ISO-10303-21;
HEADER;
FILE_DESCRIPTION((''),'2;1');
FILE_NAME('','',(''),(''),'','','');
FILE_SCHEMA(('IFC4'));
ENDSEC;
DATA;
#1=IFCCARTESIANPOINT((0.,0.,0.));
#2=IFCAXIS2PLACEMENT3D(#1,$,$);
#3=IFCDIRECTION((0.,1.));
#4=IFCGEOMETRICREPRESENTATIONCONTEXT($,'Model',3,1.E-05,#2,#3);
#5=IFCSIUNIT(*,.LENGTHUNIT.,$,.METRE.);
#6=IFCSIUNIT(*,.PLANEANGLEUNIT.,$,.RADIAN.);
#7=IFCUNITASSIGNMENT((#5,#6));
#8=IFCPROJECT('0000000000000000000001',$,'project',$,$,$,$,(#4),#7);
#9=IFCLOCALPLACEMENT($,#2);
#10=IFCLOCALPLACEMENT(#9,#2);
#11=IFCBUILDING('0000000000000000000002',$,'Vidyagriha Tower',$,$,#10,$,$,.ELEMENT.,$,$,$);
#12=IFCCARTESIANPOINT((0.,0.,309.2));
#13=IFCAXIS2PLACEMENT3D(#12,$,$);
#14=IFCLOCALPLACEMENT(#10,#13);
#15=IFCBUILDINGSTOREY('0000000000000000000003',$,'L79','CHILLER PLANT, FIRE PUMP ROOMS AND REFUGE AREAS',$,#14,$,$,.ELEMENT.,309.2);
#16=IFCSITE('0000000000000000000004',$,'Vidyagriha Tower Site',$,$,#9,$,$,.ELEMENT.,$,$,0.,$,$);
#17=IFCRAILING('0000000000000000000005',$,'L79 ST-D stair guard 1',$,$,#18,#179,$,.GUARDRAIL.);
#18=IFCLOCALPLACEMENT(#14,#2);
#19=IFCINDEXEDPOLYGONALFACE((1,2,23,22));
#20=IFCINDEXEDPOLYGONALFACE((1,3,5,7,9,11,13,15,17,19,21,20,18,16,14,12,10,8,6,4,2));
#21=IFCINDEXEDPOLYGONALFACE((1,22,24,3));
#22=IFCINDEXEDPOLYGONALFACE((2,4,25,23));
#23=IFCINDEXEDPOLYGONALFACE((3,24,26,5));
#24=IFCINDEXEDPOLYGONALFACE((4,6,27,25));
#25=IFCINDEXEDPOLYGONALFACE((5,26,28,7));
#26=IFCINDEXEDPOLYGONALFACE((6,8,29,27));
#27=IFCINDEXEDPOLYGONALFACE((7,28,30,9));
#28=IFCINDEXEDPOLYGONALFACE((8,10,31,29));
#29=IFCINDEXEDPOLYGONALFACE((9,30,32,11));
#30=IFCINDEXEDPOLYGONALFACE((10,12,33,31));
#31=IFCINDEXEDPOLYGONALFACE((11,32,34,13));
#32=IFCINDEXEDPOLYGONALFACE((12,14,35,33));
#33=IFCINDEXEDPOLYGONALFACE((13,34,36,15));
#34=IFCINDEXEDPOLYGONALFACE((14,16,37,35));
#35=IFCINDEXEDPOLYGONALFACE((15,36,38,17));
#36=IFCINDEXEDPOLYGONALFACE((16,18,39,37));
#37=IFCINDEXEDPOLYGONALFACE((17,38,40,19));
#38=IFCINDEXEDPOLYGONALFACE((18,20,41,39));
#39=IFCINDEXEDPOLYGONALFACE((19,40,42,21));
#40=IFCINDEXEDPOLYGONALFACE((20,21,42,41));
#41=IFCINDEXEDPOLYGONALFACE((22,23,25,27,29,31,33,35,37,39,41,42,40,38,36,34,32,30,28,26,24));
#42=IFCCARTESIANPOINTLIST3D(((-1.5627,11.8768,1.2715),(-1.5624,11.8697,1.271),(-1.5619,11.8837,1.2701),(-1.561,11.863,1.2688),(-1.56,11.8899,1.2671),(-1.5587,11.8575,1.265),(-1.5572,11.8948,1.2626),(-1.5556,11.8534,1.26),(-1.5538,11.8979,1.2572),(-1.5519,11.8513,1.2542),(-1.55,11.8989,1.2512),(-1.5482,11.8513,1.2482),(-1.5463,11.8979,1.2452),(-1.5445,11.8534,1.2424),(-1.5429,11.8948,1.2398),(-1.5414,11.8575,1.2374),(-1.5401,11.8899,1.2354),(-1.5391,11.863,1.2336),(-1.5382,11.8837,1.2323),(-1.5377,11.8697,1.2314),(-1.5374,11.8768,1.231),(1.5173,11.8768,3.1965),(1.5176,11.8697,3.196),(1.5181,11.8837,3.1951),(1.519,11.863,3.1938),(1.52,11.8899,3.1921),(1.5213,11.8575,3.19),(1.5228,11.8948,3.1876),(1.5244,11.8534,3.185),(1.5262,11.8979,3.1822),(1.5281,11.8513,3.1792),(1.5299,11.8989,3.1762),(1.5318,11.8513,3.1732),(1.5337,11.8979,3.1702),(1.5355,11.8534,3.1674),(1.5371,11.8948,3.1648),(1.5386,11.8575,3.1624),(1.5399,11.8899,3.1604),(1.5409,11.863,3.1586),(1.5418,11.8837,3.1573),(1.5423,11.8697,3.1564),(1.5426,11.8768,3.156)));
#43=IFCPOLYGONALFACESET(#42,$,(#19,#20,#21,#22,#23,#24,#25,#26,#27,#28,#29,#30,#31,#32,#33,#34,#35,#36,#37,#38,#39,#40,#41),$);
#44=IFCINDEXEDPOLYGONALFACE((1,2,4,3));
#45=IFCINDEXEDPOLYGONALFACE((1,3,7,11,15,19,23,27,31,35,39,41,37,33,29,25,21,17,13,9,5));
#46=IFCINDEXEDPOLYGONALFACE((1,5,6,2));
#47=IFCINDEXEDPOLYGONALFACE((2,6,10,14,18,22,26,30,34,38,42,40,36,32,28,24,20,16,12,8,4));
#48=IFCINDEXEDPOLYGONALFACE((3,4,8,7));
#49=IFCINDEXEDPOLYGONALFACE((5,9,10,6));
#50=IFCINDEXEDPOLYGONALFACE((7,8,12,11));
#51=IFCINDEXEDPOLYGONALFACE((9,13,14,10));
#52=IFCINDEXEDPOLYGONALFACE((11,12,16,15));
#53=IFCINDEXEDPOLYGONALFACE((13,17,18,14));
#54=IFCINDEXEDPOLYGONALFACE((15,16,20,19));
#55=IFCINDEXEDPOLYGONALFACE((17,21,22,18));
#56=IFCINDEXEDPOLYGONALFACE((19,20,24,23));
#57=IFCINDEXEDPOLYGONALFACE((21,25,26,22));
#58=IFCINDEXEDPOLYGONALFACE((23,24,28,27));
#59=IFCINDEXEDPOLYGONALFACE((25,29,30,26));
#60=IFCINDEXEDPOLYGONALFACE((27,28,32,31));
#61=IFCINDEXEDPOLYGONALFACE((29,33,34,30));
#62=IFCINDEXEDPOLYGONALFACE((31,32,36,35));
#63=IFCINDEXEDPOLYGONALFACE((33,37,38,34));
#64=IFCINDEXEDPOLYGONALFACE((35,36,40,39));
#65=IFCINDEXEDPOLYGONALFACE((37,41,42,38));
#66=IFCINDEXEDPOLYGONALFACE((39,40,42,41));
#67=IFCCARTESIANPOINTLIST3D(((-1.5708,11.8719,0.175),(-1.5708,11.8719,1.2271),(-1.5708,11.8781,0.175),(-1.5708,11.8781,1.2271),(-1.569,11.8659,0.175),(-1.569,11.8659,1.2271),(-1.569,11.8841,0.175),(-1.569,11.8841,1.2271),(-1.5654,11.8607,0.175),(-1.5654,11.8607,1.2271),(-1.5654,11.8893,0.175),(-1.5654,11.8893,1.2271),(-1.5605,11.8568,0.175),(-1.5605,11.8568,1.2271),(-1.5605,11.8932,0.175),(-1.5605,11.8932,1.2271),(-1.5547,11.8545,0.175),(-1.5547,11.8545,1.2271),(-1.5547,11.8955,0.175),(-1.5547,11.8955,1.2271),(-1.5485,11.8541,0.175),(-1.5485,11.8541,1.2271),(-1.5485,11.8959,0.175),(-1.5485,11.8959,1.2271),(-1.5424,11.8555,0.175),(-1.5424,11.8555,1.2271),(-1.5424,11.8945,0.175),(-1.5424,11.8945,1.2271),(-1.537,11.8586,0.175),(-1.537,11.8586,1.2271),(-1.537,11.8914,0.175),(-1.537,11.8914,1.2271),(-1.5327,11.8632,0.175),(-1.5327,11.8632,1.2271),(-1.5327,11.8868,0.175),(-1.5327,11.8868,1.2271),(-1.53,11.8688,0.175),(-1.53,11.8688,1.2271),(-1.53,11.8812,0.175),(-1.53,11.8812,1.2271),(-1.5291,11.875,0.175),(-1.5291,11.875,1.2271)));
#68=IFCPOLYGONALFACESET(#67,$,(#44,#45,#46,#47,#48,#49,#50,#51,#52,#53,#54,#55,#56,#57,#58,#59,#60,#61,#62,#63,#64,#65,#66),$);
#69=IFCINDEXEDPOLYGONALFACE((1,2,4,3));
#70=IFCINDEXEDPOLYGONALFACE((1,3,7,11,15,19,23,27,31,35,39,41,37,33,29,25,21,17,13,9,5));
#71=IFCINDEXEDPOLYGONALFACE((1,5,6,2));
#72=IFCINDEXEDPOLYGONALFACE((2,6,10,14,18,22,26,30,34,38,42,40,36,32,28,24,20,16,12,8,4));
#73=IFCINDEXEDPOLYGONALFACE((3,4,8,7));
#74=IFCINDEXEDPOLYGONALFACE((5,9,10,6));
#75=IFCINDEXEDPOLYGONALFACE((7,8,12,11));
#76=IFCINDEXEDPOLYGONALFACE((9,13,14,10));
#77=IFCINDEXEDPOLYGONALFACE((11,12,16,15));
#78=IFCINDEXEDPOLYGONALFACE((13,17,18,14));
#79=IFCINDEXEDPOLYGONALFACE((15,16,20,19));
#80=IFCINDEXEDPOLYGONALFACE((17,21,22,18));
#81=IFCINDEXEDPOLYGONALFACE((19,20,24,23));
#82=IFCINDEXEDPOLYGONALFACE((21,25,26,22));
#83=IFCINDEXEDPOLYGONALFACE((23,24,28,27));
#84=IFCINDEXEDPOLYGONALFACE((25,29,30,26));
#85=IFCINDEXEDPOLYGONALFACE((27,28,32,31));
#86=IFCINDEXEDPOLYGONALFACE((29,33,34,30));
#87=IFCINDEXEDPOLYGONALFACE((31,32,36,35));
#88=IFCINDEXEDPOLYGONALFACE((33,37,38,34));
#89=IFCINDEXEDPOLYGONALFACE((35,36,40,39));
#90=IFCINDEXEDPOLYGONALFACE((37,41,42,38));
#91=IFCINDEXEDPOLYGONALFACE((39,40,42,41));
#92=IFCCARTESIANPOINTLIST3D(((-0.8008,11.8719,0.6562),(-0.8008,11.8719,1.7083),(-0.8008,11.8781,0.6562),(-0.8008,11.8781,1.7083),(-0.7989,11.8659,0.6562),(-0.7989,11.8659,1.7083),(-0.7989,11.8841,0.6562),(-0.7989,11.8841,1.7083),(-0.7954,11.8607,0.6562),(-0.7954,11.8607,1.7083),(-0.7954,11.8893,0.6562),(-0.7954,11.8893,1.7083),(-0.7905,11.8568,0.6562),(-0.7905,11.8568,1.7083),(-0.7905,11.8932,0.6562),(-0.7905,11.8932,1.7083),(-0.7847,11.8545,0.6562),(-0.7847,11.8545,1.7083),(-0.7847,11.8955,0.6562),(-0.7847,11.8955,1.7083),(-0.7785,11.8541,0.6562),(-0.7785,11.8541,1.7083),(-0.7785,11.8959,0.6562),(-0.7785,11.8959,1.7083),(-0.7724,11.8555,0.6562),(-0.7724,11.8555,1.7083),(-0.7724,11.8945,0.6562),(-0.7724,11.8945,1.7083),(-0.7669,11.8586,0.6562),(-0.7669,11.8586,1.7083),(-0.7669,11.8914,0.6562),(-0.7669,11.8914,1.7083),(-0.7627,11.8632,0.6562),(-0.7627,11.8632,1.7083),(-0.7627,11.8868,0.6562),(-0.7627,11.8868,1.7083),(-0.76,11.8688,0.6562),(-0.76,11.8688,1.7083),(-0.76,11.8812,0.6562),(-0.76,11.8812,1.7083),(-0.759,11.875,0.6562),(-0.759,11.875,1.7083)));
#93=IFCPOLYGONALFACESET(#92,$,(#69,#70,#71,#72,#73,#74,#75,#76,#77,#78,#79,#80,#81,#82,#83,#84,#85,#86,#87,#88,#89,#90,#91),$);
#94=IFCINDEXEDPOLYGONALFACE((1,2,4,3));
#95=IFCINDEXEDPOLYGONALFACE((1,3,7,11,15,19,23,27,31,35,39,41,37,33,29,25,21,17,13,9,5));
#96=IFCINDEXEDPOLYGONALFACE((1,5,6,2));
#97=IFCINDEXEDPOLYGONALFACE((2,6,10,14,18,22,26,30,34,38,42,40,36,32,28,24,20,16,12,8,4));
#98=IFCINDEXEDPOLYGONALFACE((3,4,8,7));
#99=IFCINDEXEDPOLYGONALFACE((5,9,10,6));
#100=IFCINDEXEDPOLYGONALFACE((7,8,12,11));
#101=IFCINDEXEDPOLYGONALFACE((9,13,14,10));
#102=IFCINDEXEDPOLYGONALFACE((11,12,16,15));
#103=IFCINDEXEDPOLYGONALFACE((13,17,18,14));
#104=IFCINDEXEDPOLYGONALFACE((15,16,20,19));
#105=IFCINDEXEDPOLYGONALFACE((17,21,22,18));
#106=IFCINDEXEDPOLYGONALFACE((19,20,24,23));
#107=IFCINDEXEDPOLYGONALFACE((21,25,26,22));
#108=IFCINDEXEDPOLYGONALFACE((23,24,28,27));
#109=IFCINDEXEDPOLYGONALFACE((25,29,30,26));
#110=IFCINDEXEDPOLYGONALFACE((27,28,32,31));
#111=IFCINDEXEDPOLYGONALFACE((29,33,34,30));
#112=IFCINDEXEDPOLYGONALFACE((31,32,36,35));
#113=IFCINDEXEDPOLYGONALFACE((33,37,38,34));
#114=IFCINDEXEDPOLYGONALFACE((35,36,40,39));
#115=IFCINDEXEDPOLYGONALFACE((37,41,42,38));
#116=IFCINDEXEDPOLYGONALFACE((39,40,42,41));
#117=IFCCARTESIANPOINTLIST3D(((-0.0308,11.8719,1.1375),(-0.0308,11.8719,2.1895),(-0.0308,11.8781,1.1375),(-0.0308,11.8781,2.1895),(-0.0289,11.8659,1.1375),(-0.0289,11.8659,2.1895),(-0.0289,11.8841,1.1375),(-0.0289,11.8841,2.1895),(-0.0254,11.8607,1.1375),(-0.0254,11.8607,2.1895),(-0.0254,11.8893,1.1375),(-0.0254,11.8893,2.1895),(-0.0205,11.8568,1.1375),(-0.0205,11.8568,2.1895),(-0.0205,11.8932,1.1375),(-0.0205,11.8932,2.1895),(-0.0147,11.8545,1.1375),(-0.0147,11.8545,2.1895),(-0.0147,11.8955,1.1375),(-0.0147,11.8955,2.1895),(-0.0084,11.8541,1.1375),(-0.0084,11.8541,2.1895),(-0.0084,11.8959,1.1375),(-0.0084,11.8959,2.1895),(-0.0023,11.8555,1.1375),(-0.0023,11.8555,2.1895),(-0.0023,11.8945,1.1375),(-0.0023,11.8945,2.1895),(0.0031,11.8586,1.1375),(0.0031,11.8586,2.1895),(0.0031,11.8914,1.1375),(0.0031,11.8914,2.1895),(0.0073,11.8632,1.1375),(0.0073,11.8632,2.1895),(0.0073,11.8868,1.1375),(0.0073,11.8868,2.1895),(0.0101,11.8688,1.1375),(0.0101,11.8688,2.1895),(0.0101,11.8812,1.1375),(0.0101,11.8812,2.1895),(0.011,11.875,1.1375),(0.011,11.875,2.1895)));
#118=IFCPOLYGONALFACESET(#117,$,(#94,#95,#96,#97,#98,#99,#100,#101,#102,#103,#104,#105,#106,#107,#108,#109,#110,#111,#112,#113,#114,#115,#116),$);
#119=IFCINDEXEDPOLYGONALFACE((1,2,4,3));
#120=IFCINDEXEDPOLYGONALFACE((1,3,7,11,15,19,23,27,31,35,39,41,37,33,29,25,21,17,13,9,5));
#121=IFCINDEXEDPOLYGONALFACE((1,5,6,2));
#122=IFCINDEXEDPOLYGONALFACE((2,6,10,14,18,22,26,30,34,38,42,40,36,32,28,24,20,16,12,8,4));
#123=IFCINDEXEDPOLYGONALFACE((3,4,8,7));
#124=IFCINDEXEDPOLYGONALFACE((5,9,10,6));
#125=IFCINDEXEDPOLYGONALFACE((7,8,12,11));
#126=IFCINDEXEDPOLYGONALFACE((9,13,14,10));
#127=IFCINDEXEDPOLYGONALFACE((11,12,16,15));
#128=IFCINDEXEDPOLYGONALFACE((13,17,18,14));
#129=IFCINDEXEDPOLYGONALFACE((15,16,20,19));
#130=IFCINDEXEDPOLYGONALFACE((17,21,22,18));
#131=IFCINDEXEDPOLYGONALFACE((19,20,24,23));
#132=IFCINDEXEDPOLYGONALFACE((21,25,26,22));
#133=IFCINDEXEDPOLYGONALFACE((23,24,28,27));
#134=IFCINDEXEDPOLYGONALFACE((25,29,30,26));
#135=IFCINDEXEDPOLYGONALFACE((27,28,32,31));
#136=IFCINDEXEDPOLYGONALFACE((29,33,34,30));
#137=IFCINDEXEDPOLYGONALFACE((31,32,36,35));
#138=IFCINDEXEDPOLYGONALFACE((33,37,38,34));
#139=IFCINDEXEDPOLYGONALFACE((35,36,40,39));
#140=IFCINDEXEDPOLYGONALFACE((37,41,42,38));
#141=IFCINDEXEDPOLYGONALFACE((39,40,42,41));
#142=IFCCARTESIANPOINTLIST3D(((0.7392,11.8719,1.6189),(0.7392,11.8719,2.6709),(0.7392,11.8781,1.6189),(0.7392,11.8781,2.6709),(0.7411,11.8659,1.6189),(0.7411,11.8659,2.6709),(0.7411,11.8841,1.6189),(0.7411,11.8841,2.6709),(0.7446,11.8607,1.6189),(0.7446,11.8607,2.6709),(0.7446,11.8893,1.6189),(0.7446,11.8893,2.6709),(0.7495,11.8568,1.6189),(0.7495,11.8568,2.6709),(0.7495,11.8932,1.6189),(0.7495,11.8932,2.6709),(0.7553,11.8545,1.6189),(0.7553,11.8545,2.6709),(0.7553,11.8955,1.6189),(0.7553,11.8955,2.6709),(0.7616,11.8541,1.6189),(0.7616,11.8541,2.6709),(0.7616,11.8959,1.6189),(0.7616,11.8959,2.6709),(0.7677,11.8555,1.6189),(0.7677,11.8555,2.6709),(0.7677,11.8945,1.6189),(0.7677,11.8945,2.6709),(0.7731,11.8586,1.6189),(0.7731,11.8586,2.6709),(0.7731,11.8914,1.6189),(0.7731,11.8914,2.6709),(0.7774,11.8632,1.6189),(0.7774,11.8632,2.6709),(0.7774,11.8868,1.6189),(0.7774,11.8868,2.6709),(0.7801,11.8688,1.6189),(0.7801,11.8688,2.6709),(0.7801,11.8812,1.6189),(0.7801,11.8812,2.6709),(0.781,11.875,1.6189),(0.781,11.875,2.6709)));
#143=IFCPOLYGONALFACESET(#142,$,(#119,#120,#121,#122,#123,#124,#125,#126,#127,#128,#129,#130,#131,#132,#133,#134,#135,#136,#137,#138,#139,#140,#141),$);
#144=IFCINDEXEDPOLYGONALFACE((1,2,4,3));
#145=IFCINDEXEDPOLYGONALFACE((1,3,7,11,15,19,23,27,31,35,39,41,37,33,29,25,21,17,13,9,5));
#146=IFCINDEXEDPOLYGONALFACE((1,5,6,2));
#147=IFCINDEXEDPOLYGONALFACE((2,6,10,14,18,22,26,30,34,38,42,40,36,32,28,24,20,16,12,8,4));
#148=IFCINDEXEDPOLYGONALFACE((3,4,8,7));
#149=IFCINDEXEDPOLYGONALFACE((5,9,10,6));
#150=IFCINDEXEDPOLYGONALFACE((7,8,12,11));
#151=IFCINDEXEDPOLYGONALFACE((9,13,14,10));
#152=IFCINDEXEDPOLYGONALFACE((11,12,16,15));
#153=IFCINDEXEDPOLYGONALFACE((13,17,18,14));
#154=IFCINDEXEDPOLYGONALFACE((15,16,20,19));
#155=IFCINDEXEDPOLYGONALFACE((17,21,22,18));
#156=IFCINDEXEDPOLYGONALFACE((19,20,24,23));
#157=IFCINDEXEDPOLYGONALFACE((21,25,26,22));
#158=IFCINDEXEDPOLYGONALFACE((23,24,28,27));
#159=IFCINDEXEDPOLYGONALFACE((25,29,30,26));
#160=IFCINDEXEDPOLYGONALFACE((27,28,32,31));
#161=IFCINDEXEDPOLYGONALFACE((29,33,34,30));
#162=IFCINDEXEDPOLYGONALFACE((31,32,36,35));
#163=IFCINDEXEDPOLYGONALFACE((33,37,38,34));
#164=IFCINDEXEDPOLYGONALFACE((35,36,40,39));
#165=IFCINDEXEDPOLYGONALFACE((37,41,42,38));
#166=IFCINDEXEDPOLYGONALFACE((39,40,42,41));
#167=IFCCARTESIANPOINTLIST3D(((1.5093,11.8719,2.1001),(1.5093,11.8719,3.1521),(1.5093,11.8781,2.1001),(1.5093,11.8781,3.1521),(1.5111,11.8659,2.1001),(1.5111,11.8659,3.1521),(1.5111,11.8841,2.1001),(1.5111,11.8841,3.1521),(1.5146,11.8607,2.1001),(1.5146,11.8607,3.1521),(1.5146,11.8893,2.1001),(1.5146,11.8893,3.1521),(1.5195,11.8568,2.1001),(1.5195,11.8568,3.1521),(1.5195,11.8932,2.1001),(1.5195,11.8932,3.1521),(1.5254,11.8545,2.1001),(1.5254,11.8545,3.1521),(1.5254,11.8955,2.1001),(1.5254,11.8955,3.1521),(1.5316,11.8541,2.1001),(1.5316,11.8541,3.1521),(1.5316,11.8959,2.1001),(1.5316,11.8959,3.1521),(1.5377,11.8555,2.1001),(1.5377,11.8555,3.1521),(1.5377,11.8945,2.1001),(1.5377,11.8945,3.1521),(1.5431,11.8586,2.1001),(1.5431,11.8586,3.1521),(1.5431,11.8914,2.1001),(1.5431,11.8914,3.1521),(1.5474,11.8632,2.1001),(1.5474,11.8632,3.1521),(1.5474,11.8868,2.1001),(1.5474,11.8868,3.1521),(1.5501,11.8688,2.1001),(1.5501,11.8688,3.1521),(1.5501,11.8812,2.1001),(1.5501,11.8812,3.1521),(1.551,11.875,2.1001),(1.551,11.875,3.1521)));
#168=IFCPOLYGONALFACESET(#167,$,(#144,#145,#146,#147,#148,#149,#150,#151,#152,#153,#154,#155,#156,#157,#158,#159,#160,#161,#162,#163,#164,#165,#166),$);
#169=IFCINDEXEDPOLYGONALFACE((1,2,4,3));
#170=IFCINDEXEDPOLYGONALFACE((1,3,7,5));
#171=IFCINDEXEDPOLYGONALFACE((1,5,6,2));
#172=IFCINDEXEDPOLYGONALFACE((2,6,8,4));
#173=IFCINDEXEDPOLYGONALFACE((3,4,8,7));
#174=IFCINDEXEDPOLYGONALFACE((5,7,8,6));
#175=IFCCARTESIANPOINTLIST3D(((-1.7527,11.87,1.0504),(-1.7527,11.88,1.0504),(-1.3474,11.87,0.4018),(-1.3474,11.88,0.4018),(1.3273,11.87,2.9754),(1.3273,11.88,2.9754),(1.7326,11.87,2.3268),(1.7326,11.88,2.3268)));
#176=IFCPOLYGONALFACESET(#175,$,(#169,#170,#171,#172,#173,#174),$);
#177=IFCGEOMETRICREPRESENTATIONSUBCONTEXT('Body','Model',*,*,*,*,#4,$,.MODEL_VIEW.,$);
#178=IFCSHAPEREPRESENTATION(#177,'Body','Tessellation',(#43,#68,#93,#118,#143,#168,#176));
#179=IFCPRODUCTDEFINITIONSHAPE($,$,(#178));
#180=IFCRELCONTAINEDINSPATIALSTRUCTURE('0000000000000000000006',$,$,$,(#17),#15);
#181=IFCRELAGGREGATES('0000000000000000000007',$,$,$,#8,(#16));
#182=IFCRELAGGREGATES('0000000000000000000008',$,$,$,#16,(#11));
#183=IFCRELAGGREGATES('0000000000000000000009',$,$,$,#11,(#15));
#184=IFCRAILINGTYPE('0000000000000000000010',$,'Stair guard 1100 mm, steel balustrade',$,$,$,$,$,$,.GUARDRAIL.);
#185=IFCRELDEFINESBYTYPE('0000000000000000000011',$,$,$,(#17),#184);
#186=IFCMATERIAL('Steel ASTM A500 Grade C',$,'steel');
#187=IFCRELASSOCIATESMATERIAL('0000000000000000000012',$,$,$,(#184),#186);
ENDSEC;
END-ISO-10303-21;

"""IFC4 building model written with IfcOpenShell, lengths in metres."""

from ifc_helpers import new_model, si_unit, direction, frame, origin, origin_2d, place, context, subcontext, project, spatial, rectangle, circle, extrude, material, type_object, element, save


model = new_model("IFC4")

# Units and contexts
model_context = context("Model", 3, precision=1e-05, world=origin(), true_north=direction((0.0, 1.0)))
body_context = subcontext(model_context, "Body", "Model", "MODEL_VIEW")
ifc_project = project(units=[si_unit("LENGTHUNIT", "METRE"), si_unit("PLANEANGLEUNIT", "RADIAN")], contexts=[model_context])

# Site, building, storey
site_placement = place(None, origin())
site = spatial("IfcSite", under=ifc_project, at=site_placement, Name="Vidyagriha Tower Site", CompositionType="ELEMENT", RefElevation=0.0)
building_placement = place(site_placement, origin())
building = spatial("IfcBuilding", under=site, at=building_placement, Name="Vidyagriha Tower", CompositionType="ELEMENT")
storey_placement = place(building_placement, frame((0.0, 0.0, 309.2)))
storey = spatial("IfcBuildingStorey", under=building, at=storey_placement, Name="L79", Description="CHILLER PLANT, FIRE PUMP ROOMS AND REFUGE AREAS", CompositionType="ELEMENT", Elevation=309.2)

# Railing
ifc_material_1 = material(Name="Steel ASTM A500 Grade C", Category="steel")
railing_type = type_object("IfcRailingType", Name="Stair guard 1100 mm, steel balustrade", PredefinedType="GUARDRAIL", material=ifc_material_1)
railing_1_placement = place(storey_placement, frame((-1.55, 11.875, 0.175)))
element("IfcRailing", 1, at=railing_1_placement, inside=storey, type_object=railing_type, Name="L79 ST-D stair guard 1", PredefinedType="GUARDRAIL", context=body_context, shape_type="SweptSolid", body=[
    extrude(circle(Radius=0.0239, at=origin_2d()), frame((0.0, 0.0, 1.0762), z_axis=(0.847998, 0.0, 0.529999), x_axis=(0.0, 1.0, 0.0)), (0.0, 0.0, 1.0), 3.6321),
    extrude(circle(Radius=0.021, at=origin_2d()), origin(), (0.0, 0.0, 1.0), 1.052),
    extrude(circle(Radius=0.021, at=origin_2d()), frame((0.77, 0.0, 0.4812)), (0.0, 0.0, 1.0), 1.052),
    extrude(circle(Radius=0.021, at=origin_2d()), frame((1.54, 0.0, 0.9624)), (0.0, 0.0, 1.0), 1.052),
    extrude(circle(Radius=0.021, at=origin_2d()), frame((2.3101, 0.0, 1.4438)), (0.0, 0.0, 1.0), 1.052),
    extrude(circle(Radius=0.021, at=origin_2d()), frame((3.0801, 0.0, 1.925)), (0.0, 0.0, 1.0), 1.052),
    extrude(rectangle(XDim=0.01, YDim=0.7649, at=origin_2d()), frame((0.0, 0.0, 0.551), z_axis=(0.847998, 0.0, 0.529999), x_axis=(0.0, 1.0, 0.0)), (0.0, 0.0, 1.0), 3.6321),
])

save(model, "model.ifc")
